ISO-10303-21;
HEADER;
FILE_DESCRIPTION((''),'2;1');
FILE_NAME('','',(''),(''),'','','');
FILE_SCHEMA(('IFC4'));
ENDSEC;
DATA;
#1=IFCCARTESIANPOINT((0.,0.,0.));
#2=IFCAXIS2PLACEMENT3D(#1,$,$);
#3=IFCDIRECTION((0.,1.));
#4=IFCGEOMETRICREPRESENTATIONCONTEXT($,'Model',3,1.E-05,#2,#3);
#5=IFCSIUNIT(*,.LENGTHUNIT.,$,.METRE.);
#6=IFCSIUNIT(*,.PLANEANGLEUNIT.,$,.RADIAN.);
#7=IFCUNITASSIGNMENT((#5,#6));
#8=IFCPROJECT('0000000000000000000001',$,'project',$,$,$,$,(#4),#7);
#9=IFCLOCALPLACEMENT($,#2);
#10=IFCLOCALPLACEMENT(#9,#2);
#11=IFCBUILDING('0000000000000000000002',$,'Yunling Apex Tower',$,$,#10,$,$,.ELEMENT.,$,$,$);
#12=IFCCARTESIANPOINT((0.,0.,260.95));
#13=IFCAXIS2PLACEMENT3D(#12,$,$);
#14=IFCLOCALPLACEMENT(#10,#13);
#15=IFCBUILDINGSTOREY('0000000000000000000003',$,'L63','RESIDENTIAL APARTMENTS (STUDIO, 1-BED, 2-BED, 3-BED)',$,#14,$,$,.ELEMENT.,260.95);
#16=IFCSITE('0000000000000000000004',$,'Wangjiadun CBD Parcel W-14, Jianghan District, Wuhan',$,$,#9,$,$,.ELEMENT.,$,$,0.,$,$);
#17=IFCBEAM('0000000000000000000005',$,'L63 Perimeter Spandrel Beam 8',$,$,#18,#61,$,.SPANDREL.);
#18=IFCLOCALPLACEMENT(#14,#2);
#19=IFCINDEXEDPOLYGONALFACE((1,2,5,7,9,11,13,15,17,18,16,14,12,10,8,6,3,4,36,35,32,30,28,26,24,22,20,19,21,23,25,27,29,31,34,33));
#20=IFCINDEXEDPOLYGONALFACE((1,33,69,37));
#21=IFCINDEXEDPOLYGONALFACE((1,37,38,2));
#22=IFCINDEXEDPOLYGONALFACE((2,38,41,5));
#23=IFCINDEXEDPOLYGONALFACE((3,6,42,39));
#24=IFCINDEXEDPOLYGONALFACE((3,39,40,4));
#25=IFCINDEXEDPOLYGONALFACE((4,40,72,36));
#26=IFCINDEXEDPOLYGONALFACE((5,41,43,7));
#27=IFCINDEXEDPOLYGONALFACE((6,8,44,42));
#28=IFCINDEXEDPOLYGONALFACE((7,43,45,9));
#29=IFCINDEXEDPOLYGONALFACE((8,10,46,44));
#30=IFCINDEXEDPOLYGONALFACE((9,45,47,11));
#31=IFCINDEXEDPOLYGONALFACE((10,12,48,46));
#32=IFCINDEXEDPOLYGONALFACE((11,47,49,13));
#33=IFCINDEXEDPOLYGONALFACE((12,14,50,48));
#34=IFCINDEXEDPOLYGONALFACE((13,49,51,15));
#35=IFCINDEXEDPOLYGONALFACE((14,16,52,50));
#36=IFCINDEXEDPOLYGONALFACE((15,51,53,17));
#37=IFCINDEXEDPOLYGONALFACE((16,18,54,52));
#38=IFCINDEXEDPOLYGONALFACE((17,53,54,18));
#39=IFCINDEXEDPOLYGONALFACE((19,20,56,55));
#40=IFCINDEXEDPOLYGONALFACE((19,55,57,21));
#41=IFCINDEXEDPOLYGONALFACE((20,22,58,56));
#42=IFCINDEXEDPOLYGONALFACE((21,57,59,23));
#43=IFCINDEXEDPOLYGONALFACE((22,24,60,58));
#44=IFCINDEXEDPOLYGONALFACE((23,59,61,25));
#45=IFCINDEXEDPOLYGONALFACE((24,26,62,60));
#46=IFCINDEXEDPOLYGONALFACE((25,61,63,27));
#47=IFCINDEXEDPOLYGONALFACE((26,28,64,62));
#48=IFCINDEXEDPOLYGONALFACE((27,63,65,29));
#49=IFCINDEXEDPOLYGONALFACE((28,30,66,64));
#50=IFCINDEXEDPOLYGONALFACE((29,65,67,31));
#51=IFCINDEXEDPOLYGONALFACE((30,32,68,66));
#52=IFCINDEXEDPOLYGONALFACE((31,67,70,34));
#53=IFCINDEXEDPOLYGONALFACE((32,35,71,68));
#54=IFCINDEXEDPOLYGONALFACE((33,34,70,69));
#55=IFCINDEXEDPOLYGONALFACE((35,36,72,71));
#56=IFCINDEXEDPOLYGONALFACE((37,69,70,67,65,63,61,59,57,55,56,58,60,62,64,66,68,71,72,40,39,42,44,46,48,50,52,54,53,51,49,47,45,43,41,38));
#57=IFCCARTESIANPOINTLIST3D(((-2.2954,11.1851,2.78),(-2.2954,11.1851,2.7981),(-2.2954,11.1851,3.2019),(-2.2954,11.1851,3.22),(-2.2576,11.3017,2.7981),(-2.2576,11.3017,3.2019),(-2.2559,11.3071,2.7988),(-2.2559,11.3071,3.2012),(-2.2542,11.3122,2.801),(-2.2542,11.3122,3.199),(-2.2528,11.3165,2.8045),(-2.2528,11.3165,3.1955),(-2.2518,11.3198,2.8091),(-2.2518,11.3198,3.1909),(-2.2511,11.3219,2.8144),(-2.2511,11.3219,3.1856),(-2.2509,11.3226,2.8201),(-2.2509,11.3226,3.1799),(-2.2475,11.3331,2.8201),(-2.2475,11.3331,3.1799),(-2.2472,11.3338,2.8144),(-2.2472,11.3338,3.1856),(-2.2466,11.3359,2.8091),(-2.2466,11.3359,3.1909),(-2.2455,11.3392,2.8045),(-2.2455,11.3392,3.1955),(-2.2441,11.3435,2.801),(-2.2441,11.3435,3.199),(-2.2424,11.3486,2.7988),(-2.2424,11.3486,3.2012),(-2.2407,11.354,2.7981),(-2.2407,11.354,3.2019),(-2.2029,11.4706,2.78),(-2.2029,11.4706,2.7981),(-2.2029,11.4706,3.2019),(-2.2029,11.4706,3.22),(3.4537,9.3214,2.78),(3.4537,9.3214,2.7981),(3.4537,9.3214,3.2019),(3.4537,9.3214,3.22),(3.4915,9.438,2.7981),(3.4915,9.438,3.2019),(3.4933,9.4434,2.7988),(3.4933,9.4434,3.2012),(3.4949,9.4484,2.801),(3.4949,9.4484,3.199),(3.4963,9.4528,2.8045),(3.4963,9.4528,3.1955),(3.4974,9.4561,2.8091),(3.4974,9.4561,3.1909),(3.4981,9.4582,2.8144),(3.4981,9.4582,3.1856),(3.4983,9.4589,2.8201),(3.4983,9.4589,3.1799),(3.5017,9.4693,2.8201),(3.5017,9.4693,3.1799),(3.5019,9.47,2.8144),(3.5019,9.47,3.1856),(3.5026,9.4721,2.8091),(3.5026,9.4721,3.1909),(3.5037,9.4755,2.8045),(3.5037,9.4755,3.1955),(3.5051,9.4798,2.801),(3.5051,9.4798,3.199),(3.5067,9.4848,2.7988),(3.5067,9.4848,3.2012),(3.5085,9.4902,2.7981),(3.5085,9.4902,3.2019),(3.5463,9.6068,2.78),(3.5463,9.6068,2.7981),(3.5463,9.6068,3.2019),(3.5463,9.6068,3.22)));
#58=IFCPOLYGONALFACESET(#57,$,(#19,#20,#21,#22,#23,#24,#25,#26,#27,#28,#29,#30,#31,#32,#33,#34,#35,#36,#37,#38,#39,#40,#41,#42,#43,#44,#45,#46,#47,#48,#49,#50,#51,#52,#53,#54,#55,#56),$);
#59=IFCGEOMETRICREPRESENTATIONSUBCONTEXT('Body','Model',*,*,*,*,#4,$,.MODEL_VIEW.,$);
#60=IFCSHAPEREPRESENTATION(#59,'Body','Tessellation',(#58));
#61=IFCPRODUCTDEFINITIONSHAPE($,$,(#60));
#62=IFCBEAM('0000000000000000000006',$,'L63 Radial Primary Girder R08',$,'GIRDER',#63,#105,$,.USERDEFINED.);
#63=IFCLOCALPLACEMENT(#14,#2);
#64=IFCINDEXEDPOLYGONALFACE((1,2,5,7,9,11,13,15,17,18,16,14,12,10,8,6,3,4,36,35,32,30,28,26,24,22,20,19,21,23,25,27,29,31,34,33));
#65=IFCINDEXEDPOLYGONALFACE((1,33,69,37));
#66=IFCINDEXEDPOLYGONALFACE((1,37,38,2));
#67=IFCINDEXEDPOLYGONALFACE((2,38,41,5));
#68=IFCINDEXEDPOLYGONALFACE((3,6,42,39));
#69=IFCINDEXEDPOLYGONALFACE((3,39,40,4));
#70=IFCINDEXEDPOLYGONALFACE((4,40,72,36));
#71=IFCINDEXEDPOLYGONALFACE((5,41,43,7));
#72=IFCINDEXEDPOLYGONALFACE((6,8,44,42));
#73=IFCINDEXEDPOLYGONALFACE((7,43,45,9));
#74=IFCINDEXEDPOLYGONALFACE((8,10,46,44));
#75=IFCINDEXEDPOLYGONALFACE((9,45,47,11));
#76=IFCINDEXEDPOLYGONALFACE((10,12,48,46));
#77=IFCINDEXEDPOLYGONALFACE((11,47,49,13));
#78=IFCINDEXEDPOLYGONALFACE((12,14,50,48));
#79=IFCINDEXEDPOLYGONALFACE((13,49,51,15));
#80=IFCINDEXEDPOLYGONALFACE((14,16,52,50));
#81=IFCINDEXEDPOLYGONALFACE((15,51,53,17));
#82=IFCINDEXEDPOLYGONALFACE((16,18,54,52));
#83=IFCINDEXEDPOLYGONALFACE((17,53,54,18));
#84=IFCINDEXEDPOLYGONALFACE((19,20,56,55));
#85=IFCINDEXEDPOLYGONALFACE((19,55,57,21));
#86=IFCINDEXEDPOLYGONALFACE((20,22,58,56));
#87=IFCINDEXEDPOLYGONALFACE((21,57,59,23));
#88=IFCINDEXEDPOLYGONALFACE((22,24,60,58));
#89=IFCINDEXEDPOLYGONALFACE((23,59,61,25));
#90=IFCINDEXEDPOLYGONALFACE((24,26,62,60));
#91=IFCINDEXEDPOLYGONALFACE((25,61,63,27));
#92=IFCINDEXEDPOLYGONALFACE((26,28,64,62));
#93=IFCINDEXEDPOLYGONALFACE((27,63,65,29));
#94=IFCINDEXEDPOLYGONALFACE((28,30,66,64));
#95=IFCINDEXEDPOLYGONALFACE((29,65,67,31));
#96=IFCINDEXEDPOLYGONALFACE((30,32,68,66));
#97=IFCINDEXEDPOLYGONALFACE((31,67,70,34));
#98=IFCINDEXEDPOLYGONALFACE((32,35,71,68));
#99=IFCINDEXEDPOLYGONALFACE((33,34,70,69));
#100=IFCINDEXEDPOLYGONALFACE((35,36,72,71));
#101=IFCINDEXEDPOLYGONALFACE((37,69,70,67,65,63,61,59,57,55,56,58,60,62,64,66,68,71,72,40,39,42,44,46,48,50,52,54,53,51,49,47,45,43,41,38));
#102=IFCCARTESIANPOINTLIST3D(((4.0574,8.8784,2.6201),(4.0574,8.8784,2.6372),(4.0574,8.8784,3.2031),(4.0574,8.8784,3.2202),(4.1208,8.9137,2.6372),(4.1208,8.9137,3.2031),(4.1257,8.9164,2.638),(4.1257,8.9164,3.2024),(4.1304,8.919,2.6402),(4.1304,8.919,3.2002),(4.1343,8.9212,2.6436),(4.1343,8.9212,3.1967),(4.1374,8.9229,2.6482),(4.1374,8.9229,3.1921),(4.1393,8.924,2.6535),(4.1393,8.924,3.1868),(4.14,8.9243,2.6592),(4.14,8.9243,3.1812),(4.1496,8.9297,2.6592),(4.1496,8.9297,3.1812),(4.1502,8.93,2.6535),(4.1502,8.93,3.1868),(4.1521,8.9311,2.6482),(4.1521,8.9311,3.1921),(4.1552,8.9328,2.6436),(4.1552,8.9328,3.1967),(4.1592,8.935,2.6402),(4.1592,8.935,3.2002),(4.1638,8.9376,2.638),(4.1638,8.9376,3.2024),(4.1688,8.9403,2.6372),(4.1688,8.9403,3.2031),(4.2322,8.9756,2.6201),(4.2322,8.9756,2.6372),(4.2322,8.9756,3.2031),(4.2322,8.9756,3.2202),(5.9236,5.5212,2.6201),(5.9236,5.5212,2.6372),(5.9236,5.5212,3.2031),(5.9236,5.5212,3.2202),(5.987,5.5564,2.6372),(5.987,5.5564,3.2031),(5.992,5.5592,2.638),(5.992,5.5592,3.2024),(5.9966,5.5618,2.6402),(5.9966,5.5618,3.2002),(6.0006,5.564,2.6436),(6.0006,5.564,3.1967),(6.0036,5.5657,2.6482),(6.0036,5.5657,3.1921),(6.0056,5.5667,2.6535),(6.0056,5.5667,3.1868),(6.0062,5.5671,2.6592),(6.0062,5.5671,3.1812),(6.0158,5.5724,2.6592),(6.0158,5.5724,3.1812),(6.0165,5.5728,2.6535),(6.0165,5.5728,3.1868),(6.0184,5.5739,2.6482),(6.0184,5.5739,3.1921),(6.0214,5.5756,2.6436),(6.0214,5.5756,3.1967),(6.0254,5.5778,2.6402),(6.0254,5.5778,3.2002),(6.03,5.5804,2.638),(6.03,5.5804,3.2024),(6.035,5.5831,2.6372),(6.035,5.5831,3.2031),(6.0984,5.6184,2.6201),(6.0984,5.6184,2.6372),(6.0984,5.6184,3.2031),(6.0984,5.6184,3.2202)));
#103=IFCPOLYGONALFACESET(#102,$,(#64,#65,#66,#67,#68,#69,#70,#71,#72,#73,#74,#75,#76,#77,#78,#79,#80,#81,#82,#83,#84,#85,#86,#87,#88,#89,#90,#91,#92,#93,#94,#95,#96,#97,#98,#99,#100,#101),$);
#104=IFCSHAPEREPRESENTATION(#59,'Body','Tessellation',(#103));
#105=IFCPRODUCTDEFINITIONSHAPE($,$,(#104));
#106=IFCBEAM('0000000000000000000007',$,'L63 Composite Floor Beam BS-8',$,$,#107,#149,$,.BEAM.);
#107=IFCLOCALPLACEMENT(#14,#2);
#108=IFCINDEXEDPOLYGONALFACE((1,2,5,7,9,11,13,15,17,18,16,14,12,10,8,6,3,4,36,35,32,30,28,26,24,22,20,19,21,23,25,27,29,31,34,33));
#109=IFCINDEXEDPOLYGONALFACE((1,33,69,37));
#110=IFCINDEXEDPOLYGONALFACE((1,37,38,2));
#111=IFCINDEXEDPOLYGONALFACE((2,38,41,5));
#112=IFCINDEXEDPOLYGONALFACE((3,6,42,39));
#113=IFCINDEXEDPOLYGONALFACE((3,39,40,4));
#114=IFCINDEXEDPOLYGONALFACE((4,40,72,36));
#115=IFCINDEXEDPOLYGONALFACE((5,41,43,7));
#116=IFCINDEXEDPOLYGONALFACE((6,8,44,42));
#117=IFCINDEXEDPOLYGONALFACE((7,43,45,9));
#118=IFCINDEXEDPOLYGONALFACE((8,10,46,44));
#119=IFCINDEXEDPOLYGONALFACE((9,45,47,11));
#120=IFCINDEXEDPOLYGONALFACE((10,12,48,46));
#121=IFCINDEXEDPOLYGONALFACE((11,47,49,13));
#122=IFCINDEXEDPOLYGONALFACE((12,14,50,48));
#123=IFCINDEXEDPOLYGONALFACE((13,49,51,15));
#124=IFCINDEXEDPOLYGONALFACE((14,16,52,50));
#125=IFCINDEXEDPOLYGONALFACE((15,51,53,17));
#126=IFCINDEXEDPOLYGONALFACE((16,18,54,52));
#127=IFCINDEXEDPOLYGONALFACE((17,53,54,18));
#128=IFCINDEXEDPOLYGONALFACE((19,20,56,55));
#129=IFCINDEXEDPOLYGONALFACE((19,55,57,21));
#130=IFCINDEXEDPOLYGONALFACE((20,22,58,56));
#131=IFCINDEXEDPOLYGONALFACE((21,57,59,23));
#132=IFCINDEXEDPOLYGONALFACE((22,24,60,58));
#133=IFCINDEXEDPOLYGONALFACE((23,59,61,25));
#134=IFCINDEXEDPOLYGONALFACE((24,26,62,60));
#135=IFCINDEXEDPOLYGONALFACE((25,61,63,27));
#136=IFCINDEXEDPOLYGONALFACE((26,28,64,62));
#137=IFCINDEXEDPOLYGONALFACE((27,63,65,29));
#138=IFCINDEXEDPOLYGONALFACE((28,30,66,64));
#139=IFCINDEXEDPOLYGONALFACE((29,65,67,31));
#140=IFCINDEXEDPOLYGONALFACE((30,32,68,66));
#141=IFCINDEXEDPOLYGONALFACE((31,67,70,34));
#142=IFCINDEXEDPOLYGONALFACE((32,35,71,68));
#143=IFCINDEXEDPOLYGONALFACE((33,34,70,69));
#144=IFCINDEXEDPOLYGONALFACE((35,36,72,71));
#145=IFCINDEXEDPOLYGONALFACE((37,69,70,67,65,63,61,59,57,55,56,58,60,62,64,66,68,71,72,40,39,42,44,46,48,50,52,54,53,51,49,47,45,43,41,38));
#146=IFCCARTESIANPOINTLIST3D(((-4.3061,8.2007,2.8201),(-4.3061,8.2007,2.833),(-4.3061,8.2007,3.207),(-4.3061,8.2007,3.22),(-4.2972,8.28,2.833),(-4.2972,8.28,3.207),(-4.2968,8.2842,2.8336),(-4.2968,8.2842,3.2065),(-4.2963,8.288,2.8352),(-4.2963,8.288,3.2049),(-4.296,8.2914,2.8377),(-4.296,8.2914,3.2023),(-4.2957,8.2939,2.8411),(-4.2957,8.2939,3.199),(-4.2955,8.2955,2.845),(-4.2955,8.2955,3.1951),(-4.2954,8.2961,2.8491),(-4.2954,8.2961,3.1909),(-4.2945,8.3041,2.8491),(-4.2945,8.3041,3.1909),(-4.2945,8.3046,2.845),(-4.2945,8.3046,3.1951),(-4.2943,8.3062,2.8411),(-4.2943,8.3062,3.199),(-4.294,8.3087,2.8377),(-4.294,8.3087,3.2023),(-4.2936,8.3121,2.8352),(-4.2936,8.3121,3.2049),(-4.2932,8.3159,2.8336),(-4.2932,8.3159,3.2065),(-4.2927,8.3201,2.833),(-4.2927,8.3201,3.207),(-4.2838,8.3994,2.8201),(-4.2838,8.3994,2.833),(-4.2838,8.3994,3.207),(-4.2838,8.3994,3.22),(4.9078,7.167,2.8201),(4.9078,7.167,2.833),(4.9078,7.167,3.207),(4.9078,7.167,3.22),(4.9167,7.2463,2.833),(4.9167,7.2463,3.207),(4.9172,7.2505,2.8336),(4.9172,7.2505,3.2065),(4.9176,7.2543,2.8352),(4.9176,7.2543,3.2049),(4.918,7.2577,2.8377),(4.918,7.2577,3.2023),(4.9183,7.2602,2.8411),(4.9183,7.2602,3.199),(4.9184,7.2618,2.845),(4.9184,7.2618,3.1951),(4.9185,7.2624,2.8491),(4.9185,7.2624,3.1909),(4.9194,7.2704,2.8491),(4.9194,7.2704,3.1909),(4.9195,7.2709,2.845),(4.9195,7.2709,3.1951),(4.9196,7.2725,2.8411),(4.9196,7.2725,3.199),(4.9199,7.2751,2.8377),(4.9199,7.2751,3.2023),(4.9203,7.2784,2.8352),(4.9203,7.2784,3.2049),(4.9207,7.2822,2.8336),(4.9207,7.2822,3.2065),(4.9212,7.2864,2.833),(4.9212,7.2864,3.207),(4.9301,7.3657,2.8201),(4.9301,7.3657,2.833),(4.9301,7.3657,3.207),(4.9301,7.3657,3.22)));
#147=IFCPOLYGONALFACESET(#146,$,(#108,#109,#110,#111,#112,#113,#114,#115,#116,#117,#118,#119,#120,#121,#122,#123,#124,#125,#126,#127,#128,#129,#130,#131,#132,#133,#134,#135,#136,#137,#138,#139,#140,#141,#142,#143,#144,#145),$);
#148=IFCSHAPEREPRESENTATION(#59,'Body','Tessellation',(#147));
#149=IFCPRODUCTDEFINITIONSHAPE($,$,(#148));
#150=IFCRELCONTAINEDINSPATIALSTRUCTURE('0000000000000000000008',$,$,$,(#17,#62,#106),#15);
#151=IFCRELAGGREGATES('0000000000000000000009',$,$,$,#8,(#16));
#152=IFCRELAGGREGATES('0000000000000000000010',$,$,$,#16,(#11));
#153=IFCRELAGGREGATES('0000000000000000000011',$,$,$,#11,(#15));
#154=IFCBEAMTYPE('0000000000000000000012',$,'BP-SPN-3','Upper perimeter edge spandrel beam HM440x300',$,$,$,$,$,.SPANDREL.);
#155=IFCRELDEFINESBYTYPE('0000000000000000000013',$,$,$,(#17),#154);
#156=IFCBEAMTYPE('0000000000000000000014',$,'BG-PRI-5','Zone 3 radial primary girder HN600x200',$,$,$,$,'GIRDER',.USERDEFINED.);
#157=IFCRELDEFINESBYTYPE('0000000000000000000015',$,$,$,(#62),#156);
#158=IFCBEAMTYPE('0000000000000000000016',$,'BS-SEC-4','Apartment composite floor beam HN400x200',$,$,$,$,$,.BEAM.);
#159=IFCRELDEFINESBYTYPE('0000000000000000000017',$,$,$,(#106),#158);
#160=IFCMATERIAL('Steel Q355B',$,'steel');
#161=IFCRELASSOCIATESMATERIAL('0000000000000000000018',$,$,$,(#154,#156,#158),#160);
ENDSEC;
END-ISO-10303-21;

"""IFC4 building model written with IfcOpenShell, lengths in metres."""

from ifc_helpers import new_model, si_unit, direction, frame, origin, origin_2d, place, context, subcontext, project, spatial, i_section, extrude, source, transform, mapped, material, material_profile, profile_set, type_object, element, save


model = new_model("IFC4")

# Units and contexts
model_context = context("Model", 3, precision=1e-05, world=origin(), true_north=direction((0.0, 1.0)))
body_context = subcontext(model_context, "Body", "Model", "MODEL_VIEW")
ifc_project = project(units=[si_unit("LENGTHUNIT", "METRE"), si_unit("PLANEANGLEUNIT", "RADIAN")], contexts=[model_context])

# Site, building, storey
site_placement = place(None, origin())
site = spatial("IfcSite", under=ifc_project, at=site_placement, Name="Wangjiadun CBD Parcel W-14, Jianghan District, Wuhan", CompositionType="ELEMENT", RefElevation=0.0)
building_placement = place(site_placement, origin())
building = spatial("IfcBuilding", under=site, at=building_placement, Name="Yunling Apex Tower", CompositionType="ELEMENT")
storey_placement = place(building_placement, frame((0.0, 0.0, 260.95)))
storey = spatial("IfcBuildingStorey", under=building, at=storey_placement, Name="L63", Description="RESIDENTIAL APARTMENTS (STUDIO, 1-BED, 2-BED, 3-BED)", CompositionType="ELEMENT", Elevation=260.95)

# Shared definitions
ifc_material_1 = material(Name="Steel Q355B", Category="steel")

# Beams
ifc_material_profile_1 = material_profile(ifc_material_1, i_section(OverallWidth=0.3, OverallDepth=0.4399, WebThickness=0.011, FlangeThickness=0.0181, FilletRadius=0.022, at=origin_2d()))
ifc_profile_set_1 = profile_set([ifc_material_profile_1], Name="Steel Q355B")
beam_type_1 = type_object("IfcBeamType", Name="BP-SPN-3", Description="Upper perimeter edge spandrel beam HM440x300", PredefinedType="SPANDREL", material=ifc_profile_set_1)
shared_shape_1 = source(origin(), body_context, "Body", "SweptSolid", [
    extrude(i_section(OverallWidth=0.3, OverallDepth=0.4399, WebThickness=0.011, FlangeThickness=0.0181, FilletRadius=0.022, at=origin_2d()), origin(), (0.0, 0.0, 1.0), 6.0437),
])
beam_1_placement = place(storey_placement, frame((3.5, 9.4641, 3.0), z_axis=(-0.951264, 0.308376, 0.0), x_axis=(-0.308376, -0.951264, 0.0)))
element("IfcBeam", 1, at=beam_1_placement, inside=storey, type_object=beam_type_1, Name="L63 Perimeter Spandrel Beam 8", PredefinedType="SPANDREL", context=body_context, shape_type="MappedRepresentation", body=[
    mapped(shared_shape_1, transform((0.0, 0.0, 0.0), scale=1.0)),
])
ifc_material_profile_2 = material_profile(ifc_material_1, i_section(OverallWidth=0.2, OverallDepth=0.6001, WebThickness=0.011, FlangeThickness=0.0171, FilletRadius=0.022, at=origin_2d()))
ifc_profile_set_2 = profile_set([ifc_material_profile_2], Name="Steel Q355B")
beam_type_2 = type_object("IfcBeamType", Name="BG-PRI-5", Description="Zone 3 radial primary girder HN600x200", ElementType="GIRDER", PredefinedType="USERDEFINED", material=ifc_profile_set_2)
shared_shape_2 = source(origin(), body_context, "Body", "SweptSolid", [
    extrude(i_section(OverallWidth=0.2, OverallDepth=0.6001, WebThickness=0.011, FlangeThickness=0.0171, FilletRadius=0.022, at=origin_2d()), origin(), (0.0, 0.0, 1.0), 3.8411),
])
beam_2_placement = place(storey_placement, frame((4.1448, 8.927, 2.9202), z_axis=(0.485864, -0.874034, 0.0), x_axis=(0.874034, 0.485864, 0.0)))
element("IfcBeam", 2, at=beam_2_placement, inside=storey, type_object=beam_type_2, Name="L63 Radial Primary Girder R08", ObjectType="GIRDER", PredefinedType="USERDEFINED", context=body_context, shape_type="MappedRepresentation", body=[
    mapped(shared_shape_2, transform((0.0, 0.0, 0.0), scale=1.0)),
])
ifc_material_profile_3 = material_profile(ifc_material_1, i_section(OverallWidth=0.2, OverallDepth=0.3999, WebThickness=0.0081, FlangeThickness=0.0129, FilletRadius=0.0161, at=origin_2d()))
ifc_profile_set_3 = profile_set([ifc_material_profile_3], Name="Steel Q355B")
beam_type_3 = type_object("IfcBeamType", Name="BS-SEC-4", Description="Apartment composite floor beam HN400x200", PredefinedType="BEAM", material=ifc_profile_set_3)
shared_shape_3 = source(origin(), body_context, "Body", "SweptSolid", [
    extrude(i_section(OverallWidth=0.2, OverallDepth=0.3999, WebThickness=0.0081, FlangeThickness=0.0129, FilletRadius=0.0161, at=origin_2d()), origin(), (0.0, 0.0, 1.0), 9.2717),
])
beam_3_placement = place(storey_placement, frame((4.9189, 7.2664, 3.02), z_axis=(-0.993766, 0.111489, 0.0), x_axis=(-0.111489, -0.993766, 0.0)))
element("IfcBeam", 3, at=beam_3_placement, inside=storey, type_object=beam_type_3, Name="L63 Composite Floor Beam BS-8", PredefinedType="BEAM", context=body_context, shape_type="MappedRepresentation", body=[
    mapped(shared_shape_3, transform((0.0, 0.0, 0.0), scale=1.0)),
])

save(model, "model.ifc")
